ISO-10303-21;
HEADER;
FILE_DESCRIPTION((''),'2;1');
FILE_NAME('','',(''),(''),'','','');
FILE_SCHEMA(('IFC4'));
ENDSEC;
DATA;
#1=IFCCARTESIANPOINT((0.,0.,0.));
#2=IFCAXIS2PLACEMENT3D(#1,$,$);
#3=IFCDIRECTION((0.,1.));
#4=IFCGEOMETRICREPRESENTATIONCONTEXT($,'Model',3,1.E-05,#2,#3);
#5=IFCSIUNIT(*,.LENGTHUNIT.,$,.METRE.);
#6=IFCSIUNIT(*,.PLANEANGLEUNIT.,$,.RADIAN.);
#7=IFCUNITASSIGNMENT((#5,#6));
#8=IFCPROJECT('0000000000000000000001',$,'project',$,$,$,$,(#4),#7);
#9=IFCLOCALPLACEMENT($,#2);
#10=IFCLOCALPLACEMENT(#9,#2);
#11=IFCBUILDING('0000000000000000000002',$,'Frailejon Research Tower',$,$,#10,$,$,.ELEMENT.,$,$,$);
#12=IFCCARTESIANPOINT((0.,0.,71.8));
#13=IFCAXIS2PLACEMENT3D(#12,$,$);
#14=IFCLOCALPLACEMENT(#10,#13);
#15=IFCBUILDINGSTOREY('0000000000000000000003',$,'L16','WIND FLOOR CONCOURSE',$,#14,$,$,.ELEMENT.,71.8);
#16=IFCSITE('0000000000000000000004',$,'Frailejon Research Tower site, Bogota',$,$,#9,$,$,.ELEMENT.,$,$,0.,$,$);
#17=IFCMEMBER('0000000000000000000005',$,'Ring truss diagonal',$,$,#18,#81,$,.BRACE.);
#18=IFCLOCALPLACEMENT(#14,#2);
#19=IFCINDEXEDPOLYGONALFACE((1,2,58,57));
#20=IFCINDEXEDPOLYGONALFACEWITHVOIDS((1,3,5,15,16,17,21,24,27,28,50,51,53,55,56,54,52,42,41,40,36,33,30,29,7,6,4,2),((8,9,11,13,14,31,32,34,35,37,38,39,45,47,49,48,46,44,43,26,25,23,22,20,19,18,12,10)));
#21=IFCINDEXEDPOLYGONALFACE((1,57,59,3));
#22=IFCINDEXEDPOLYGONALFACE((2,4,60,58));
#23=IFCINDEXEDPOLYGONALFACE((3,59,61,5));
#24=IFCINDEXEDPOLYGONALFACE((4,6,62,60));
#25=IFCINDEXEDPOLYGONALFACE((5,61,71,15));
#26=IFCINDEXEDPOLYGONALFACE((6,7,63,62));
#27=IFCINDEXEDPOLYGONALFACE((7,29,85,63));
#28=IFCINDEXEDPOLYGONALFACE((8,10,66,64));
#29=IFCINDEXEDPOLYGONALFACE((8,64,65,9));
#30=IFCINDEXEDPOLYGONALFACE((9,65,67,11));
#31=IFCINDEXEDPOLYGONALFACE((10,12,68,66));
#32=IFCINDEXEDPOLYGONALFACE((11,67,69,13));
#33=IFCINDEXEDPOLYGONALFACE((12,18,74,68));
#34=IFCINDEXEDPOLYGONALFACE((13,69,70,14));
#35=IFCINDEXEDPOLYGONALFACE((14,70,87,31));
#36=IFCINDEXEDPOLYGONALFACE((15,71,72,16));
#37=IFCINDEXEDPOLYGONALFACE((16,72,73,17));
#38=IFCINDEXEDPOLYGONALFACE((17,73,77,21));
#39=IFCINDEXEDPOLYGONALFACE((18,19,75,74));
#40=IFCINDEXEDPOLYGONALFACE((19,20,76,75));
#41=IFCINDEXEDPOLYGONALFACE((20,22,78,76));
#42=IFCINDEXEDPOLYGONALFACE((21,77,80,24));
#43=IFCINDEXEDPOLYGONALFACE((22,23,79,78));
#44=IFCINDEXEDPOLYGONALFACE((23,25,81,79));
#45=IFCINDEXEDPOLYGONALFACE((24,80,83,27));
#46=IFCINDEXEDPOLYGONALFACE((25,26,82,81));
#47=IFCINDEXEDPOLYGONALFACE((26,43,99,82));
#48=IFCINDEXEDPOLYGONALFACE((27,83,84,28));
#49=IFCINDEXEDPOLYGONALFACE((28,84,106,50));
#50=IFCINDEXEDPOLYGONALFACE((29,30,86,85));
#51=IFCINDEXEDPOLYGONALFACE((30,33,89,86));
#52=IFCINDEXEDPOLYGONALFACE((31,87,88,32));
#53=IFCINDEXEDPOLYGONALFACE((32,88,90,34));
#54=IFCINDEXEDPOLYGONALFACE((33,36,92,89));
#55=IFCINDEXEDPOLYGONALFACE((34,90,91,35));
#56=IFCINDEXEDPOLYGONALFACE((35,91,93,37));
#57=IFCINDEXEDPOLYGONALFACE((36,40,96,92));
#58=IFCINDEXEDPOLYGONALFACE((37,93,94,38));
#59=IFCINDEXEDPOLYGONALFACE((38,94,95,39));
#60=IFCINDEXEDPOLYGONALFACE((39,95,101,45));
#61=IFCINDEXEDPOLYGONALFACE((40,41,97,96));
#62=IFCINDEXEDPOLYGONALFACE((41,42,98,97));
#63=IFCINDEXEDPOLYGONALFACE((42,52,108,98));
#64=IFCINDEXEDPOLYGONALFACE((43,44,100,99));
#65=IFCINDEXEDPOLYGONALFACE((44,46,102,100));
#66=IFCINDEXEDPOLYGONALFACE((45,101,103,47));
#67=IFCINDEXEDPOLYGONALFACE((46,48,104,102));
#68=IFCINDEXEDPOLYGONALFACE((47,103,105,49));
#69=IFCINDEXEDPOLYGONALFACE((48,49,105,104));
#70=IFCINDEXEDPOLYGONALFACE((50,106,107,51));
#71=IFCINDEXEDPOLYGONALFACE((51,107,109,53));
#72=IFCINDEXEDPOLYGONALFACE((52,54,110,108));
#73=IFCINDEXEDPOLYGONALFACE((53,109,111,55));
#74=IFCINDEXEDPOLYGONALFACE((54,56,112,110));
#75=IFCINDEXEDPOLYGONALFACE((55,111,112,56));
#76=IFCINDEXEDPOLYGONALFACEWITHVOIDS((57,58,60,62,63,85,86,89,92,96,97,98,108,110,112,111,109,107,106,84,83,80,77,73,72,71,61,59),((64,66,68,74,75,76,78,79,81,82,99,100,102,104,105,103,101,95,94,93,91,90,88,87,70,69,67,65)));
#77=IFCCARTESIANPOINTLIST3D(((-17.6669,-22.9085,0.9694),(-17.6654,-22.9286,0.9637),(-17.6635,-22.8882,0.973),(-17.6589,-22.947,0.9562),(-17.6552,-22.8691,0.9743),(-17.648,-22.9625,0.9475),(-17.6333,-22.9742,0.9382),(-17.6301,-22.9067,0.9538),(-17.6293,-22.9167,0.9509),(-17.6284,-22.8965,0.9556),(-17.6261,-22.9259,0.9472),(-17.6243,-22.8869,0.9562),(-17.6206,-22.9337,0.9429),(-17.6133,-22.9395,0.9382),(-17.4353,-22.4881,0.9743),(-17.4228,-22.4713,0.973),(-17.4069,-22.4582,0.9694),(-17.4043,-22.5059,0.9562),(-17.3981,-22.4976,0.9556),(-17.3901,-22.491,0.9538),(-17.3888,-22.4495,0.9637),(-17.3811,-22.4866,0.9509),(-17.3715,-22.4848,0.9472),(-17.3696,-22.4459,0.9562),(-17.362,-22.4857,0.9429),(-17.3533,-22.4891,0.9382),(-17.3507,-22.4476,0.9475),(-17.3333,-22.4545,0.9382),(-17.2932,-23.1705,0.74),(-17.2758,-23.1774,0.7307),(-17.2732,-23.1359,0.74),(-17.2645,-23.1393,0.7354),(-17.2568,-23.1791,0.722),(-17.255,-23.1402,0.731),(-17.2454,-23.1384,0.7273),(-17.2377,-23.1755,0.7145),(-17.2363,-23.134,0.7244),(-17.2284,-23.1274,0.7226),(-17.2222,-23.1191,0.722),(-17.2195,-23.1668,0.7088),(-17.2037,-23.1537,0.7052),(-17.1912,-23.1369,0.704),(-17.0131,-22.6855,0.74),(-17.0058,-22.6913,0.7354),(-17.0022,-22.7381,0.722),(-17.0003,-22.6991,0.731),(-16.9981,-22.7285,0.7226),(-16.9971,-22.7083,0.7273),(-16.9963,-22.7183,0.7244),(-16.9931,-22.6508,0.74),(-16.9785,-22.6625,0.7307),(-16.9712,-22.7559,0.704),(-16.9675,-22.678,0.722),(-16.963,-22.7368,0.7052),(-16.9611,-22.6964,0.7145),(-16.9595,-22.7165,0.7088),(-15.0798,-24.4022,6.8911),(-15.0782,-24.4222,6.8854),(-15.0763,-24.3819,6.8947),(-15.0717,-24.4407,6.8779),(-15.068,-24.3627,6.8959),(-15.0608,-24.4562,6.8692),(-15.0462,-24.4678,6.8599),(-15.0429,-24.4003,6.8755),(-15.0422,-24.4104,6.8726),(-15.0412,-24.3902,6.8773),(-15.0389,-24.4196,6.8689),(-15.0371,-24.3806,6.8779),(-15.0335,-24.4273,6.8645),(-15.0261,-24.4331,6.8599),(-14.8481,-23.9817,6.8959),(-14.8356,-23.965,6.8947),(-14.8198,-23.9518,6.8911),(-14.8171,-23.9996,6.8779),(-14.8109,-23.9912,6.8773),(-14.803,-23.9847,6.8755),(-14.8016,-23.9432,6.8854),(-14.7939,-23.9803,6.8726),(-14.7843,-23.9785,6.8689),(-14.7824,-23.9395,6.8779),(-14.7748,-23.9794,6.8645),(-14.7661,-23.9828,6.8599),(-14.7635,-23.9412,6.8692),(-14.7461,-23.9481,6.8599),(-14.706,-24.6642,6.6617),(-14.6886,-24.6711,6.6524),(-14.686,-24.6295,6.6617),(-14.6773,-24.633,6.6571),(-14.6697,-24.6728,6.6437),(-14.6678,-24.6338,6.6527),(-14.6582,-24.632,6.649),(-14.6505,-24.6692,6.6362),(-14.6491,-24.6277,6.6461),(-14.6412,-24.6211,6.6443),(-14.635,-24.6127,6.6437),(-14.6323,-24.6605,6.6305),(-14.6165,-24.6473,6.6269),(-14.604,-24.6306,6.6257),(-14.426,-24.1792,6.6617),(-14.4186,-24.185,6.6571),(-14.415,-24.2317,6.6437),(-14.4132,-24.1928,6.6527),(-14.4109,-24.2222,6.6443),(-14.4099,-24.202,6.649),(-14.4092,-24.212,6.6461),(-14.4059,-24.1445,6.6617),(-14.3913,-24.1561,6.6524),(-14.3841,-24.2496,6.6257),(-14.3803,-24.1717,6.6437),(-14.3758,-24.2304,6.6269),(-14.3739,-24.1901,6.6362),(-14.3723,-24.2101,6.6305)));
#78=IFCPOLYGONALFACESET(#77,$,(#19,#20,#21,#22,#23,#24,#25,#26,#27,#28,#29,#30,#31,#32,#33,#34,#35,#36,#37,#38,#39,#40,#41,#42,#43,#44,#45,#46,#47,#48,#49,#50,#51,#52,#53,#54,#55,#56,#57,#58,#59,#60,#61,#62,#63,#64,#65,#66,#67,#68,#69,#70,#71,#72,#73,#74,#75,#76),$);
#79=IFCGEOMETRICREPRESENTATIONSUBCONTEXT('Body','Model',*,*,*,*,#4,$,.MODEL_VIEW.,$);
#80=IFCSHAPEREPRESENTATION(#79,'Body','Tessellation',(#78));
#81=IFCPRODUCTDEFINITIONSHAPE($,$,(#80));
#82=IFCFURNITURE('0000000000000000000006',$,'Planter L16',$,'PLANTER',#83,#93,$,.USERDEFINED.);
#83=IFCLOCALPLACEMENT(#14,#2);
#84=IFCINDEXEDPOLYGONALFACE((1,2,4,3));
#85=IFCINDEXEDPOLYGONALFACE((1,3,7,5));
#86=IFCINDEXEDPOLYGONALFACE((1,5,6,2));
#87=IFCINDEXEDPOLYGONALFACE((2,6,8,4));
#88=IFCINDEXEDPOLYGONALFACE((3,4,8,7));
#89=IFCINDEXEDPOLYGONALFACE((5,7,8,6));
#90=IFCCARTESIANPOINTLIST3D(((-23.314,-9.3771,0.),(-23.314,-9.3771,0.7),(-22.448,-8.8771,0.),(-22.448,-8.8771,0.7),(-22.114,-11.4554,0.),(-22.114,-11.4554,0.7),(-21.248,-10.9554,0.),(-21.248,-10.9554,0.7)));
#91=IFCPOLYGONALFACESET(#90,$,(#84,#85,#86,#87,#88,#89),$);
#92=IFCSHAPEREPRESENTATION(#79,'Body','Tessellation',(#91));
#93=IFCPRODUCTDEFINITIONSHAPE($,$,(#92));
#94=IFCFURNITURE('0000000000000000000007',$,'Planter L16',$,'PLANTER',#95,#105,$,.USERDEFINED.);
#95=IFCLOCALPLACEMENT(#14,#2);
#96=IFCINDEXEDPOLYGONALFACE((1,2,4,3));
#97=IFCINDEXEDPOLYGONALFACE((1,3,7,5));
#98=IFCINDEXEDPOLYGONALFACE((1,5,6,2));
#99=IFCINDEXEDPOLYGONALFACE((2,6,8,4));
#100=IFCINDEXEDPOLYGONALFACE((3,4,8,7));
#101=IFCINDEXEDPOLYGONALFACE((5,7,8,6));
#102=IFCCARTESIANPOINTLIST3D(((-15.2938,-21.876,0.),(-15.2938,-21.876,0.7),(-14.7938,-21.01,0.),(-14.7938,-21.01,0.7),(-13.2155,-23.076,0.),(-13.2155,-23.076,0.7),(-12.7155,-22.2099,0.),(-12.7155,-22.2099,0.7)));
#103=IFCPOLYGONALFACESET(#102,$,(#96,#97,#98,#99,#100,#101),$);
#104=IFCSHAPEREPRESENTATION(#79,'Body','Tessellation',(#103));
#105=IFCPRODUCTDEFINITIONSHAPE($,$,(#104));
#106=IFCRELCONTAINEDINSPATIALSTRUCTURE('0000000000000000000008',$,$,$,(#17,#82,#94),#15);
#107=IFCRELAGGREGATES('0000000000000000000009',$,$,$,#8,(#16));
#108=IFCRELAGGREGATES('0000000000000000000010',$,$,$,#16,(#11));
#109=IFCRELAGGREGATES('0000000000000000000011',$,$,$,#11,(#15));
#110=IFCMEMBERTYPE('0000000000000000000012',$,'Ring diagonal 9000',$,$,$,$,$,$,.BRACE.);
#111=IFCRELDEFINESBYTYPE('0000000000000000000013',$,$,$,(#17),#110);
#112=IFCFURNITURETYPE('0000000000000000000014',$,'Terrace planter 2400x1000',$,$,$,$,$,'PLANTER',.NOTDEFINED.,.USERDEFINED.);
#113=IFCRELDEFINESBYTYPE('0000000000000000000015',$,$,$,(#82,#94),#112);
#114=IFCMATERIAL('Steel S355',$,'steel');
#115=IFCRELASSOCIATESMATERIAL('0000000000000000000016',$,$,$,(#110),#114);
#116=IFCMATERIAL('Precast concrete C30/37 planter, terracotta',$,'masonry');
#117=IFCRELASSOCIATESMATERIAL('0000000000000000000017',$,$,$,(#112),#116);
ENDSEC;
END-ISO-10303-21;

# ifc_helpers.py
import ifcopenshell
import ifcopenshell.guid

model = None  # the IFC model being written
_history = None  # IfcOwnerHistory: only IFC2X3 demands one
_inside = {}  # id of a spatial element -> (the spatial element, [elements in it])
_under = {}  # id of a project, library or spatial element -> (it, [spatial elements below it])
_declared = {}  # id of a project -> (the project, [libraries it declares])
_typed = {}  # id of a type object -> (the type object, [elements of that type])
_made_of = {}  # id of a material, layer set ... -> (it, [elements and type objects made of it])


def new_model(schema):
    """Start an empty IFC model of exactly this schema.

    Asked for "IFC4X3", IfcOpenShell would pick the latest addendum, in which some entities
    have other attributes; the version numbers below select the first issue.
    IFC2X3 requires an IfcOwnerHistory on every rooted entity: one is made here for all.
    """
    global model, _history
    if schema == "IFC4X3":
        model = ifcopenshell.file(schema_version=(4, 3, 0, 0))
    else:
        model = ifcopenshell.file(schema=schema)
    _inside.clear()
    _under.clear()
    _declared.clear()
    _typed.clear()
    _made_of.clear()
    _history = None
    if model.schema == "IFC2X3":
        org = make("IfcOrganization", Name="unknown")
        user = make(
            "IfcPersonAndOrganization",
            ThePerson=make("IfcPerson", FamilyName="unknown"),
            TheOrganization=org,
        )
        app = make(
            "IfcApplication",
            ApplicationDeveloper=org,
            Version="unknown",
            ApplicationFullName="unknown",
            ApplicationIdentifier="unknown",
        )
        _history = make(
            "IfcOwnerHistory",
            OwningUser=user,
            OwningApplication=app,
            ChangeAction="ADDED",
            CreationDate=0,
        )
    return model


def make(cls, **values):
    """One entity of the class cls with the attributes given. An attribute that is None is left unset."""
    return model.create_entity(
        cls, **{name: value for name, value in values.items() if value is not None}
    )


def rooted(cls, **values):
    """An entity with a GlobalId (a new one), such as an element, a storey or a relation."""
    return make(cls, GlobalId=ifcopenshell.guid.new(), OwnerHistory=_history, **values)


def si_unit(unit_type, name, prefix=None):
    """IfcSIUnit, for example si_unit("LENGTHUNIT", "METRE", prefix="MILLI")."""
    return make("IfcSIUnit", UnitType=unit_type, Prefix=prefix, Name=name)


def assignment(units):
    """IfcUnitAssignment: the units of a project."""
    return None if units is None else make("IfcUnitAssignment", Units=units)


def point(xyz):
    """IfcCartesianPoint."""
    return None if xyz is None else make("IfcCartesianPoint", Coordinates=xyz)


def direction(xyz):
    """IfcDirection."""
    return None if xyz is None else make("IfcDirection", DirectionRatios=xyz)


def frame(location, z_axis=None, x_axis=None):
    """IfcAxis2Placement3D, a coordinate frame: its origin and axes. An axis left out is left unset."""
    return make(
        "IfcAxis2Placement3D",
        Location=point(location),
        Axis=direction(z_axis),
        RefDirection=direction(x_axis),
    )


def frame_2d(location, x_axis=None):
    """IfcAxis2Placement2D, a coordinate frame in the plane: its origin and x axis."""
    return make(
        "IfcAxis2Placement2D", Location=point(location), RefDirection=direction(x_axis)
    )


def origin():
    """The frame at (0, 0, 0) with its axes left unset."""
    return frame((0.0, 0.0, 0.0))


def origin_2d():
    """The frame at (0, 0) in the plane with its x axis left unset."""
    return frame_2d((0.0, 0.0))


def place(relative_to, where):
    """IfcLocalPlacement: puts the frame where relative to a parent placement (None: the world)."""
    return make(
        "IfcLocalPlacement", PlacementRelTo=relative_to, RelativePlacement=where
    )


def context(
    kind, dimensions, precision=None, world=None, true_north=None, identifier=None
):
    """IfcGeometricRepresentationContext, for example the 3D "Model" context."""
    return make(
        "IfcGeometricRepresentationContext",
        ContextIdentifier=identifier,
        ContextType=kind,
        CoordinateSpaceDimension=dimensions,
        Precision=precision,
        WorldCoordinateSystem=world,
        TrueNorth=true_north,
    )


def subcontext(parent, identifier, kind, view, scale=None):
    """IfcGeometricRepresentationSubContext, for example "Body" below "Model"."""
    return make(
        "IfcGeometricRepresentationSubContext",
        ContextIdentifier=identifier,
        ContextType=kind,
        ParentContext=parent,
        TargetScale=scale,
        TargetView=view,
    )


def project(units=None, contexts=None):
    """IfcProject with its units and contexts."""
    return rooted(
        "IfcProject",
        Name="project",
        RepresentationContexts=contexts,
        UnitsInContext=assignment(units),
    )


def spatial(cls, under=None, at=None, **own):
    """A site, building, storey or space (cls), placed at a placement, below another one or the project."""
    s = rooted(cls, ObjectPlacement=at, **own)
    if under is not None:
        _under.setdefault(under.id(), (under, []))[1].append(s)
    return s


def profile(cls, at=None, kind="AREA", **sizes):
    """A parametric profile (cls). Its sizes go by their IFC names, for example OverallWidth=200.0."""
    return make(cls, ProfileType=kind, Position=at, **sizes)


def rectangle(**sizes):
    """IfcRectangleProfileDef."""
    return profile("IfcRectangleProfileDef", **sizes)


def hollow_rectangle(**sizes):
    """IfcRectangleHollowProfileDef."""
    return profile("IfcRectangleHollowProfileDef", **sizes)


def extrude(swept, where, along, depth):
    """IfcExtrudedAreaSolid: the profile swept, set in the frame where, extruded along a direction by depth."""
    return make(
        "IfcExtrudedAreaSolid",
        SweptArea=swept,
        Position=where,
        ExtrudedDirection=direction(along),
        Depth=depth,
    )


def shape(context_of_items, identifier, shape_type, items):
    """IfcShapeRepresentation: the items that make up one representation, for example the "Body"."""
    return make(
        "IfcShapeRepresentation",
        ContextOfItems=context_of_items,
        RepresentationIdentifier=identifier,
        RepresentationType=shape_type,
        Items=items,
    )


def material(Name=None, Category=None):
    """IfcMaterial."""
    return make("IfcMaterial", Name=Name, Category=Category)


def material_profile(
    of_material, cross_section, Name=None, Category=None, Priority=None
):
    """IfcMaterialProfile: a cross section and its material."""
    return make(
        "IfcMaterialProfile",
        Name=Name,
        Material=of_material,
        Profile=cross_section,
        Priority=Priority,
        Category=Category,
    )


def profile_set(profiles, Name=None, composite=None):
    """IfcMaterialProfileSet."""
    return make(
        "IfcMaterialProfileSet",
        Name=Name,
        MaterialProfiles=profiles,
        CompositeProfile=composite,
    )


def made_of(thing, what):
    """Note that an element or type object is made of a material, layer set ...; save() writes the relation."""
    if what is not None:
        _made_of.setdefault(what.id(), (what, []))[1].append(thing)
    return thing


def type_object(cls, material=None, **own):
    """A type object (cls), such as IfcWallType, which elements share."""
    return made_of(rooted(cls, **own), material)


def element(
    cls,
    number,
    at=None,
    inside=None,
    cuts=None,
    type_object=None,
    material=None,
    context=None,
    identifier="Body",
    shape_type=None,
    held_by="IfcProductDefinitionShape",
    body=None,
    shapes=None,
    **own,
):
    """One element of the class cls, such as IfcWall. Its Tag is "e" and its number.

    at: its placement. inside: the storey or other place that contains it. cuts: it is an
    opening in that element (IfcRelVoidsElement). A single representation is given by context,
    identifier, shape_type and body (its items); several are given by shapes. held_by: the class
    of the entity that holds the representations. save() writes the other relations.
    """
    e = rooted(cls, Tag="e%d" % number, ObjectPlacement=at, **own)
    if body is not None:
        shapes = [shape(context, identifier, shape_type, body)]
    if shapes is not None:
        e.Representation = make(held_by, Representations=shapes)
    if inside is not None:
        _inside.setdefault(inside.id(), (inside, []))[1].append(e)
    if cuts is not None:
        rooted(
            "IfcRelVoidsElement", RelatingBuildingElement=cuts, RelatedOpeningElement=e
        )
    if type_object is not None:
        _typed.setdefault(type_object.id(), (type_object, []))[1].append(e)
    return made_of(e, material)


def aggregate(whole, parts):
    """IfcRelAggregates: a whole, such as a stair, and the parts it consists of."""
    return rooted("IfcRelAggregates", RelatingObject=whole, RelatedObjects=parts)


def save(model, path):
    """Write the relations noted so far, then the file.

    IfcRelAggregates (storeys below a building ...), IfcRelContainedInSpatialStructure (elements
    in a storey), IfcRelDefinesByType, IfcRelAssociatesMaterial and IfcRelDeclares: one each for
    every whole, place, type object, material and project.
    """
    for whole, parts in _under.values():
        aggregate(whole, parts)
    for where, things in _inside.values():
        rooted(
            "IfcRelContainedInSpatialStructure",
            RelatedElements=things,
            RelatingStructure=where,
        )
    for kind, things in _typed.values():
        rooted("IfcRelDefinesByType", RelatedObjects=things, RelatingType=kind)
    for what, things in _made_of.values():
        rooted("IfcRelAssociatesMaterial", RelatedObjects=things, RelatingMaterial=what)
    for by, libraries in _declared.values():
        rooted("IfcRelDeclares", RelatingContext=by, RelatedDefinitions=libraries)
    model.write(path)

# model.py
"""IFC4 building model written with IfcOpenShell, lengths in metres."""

from ifc_helpers import new_model, si_unit, direction, frame, origin, origin_2d, place, context, subcontext, project, spatial, rectangle, hollow_rectangle, extrude, material, material_profile, profile_set, type_object, element, save


model = new_model("IFC4")

# Units and contexts
model_context = context("Model", 3, precision=1e-05, world=origin(), true_north=direction((0.0, 1.0)))
body_context = subcontext(model_context, "Body", "Model", "MODEL_VIEW")
ifc_project = project(units=[si_unit("LENGTHUNIT", "METRE"), si_unit("PLANEANGLEUNIT", "RADIAN")], contexts=[model_context])

# Site, building, storey
site_placement = place(None, origin())
site = spatial("IfcSite", under=ifc_project, at=site_placement, Name="Frailejon Research Tower site, Bogota", CompositionType="ELEMENT", RefElevation=0.0)
building_placement = place(site_placement, origin())
building = spatial("IfcBuilding", under=site, at=building_placement, Name="Frailejon Research Tower", CompositionType="ELEMENT")
storey_placement = place(building_placement, frame((0.0, 0.0, 71.8)))
storey = spatial("IfcBuildingStorey", under=building, at=storey_placement, Name="L16", Description="WIND FLOOR CONCOURSE", CompositionType="ELEMENT", Elevation=71.8)

# Member
ifc_material_1 = material(Name="Steel S355", Category="steel")
ifc_material_profile_1 = material_profile(ifc_material_1, hollow_rectangle(XDim=0.6001, YDim=0.6001, WallThickness=0.04, InnerFilletRadius=0.04, OuterFilletRadius=0.0801, at=origin_2d()), Name="Ring diagonal 9000")
ifc_profile_set_1 = profile_set([ifc_material_profile_1], Name="Steel S355")
member_type = type_object("IfcMemberType", Name="Ring diagonal 9000", PredefinedType="BRACE", material=ifc_profile_set_1)
member_1_placement = place(storey_placement, frame((-17.3132, -22.8125, 0.8391), z_axis=(0.390073, -0.225202, 0.89282), x_axis=(0.499989, 0.866032, 0.0)))
element("IfcMember", 1, at=member_1_placement, inside=storey, type_object=member_type, Name="Ring truss diagonal", PredefinedType="BRACE", context=body_context, shape_type="SweptSolid", body=[
    extrude(hollow_rectangle(XDim=0.6001, YDim=0.6001, WallThickness=0.04, InnerFilletRadius=0.04, OuterFilletRadius=0.0801, at=origin_2d()), origin(), (0.0, 0.0, 1.0), 6.6326),
])

# Furniture
ifc_material_2 = material(Name="Precast concrete C30/37 planter, terracotta", Category="masonry")
furniture_type = type_object("IfcFurnitureType", Name="Terrace planter 2400x1000", ElementType="PLANTER", AssemblyPlace="NOTDEFINED", PredefinedType="USERDEFINED", material=ifc_material_2)
for number, where, z_axis, x_axis, name in (
    (2, (-22.281, -10.1663, 0.0), (0.0, 0.0, 1.0), (0.5, -0.866025, 0.0), "Planter L16"),
    (3, (-14.0046, -22.043, 0.0), (0.0, 0.0, 1.0), (0.866025, -0.5, 0.0), "Planter L16"),
):
    element("IfcFurniture", number, at=place(storey_placement, frame(where, z_axis=z_axis, x_axis=x_axis)), inside=storey, type_object=furniture_type, Name=name, ObjectType="PLANTER", PredefinedType="USERDEFINED", context=body_context, shape_type="SweptSolid", body=[
        extrude(rectangle(XDim=2.3999, YDim=1.0, at=origin_2d()), origin(), (0.0, 0.0, 1.0), 0.7),
    ])

save(model, "model.ifc")
